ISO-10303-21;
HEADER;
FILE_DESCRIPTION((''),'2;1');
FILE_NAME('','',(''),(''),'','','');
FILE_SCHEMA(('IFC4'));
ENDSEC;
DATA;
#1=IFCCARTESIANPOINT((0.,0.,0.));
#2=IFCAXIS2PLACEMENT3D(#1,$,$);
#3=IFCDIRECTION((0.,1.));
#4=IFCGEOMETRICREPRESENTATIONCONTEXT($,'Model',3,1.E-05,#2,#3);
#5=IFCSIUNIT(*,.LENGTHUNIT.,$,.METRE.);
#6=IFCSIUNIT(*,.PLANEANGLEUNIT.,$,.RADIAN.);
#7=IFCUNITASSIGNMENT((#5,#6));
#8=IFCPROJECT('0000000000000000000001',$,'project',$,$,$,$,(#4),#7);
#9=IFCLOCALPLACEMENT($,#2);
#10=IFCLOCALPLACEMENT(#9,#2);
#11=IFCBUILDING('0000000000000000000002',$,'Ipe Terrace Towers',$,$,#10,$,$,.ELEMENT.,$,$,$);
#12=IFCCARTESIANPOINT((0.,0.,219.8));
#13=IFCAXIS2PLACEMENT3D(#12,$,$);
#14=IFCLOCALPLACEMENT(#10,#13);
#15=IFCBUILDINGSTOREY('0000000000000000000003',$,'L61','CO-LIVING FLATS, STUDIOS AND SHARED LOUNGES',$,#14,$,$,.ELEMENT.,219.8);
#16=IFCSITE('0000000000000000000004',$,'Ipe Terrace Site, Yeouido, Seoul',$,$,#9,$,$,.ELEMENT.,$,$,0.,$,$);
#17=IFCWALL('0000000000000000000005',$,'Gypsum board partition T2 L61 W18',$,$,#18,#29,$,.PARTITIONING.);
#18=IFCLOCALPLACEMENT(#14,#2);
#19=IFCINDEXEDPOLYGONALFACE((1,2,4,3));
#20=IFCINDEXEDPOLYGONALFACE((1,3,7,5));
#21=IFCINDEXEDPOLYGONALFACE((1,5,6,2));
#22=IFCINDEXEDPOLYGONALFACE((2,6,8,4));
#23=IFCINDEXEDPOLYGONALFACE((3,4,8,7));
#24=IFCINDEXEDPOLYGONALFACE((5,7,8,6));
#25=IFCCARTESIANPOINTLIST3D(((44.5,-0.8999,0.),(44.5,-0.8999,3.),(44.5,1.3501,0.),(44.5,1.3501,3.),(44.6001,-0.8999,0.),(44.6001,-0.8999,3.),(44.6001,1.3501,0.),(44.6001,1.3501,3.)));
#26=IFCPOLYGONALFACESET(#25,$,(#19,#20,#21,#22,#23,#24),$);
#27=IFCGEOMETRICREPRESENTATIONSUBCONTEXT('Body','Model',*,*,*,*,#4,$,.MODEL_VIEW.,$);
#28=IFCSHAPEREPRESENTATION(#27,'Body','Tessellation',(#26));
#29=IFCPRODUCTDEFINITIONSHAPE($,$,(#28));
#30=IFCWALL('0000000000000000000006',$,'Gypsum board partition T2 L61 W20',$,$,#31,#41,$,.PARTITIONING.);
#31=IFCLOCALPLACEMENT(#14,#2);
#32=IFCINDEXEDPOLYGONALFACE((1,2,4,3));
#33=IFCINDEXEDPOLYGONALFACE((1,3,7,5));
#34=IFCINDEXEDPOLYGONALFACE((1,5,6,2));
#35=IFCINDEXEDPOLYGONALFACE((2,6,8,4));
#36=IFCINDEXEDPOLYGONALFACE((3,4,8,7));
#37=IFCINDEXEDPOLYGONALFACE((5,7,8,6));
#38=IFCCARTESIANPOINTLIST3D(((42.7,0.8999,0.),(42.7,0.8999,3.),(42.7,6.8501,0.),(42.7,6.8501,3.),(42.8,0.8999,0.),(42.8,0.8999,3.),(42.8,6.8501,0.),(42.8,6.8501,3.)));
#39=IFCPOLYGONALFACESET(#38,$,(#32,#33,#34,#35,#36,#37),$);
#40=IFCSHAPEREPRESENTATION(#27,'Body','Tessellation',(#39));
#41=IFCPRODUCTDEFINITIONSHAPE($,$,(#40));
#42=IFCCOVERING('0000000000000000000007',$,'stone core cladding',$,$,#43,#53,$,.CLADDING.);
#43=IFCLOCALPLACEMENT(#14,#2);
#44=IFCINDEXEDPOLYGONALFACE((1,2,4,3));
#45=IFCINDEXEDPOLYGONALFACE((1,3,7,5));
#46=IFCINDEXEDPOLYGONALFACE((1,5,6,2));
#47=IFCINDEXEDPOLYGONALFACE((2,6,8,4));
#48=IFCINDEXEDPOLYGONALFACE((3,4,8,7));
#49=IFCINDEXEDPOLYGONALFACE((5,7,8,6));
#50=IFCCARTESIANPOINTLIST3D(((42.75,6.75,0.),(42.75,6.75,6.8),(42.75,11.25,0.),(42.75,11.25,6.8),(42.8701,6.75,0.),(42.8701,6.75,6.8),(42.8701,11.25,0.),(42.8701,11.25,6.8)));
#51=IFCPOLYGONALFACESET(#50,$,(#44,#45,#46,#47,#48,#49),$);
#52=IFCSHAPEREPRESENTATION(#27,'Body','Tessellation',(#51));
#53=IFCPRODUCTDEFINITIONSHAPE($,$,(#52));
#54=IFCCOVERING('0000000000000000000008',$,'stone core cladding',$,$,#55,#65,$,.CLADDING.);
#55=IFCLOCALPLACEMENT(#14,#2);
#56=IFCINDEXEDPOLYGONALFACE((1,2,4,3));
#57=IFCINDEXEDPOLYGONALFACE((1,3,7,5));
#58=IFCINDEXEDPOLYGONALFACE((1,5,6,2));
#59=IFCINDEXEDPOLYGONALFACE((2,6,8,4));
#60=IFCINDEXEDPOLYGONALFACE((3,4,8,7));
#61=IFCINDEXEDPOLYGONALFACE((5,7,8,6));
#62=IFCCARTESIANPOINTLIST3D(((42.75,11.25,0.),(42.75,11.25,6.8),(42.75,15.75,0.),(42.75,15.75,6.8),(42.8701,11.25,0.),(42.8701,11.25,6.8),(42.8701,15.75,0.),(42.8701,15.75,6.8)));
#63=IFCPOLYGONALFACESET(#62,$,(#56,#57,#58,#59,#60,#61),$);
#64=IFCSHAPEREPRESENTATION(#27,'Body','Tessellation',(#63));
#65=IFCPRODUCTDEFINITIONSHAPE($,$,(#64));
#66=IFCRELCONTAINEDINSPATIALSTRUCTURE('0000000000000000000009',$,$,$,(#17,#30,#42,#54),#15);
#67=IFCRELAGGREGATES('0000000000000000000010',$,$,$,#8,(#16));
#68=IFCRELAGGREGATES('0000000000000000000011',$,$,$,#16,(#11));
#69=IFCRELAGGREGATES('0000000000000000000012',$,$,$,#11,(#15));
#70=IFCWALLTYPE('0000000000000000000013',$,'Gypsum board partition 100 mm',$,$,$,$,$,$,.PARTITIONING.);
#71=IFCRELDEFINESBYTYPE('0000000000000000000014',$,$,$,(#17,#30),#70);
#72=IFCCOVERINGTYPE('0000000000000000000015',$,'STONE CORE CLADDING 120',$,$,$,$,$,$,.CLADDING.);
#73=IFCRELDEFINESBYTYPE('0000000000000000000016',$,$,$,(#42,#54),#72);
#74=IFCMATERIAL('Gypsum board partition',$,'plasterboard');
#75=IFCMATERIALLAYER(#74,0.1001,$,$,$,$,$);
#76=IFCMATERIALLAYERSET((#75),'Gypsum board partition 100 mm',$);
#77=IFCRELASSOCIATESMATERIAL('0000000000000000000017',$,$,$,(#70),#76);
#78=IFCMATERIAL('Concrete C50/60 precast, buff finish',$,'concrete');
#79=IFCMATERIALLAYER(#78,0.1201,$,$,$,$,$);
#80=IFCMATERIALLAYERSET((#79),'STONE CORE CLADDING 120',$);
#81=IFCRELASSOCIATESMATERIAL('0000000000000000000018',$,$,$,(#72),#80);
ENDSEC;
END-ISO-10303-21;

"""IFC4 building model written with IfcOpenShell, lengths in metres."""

from ifc_helpers import new_model, si_unit, direction, frame, frame_2d, origin, origin_2d, place, context, subcontext, project, spatial, rectangle, extrude, material, layer, layer_set, type_object, element, save


model = new_model("IFC4")

# Units and contexts
model_context = context("Model", 3, precision=1e-05, world=origin(), true_north=direction((0.0, 1.0)))
body_context = subcontext(model_context, "Body", "Model", "MODEL_VIEW")
ifc_project = project(units=[si_unit("LENGTHUNIT", "METRE"), si_unit("PLANEANGLEUNIT", "RADIAN")], contexts=[model_context])

# Site, building, storey
site_placement = place(None, origin())
site = spatial("IfcSite", under=ifc_project, at=site_placement, Name="Ipe Terrace Site, Yeouido, Seoul", CompositionType="ELEMENT", RefElevation=0.0)
building_placement = place(site_placement, origin())
building = spatial("IfcBuilding", under=site, at=building_placement, Name="Ipe Terrace Towers", CompositionType="ELEMENT")
storey_placement = place(building_placement, frame((0.0, 0.0, 219.8)))
storey = spatial("IfcBuildingStorey", under=building, at=storey_placement, Name="L61", Description="CO-LIVING FLATS, STUDIOS AND SHARED LOUNGES", CompositionType="ELEMENT", Elevation=219.8)

# Shared definitions
ifc_material_1 = material(Name="Gypsum board partition", Category="plasterboard")
ifc_layer_1 = layer(ifc_material_1, 0.1001)
ifc_layer_set_1 = layer_set([ifc_layer_1], Name="Gypsum board partition 100 mm")
wall_type_1 = type_object("IfcWallType", Name="Gypsum board partition 100 mm", PredefinedType="PARTITIONING", material=ifc_layer_set_1)

# Walls
wall_1_placement = place(storey_placement, frame((44.55, -0.8999, 0.0), z_axis=(0.0, 0.0, 1.0), x_axis=(0.0, 1.0, 0.0)))
element("IfcWall", 1, at=wall_1_placement, inside=storey, type_object=wall_type_1, Name="Gypsum board partition T2 L61 W18", PredefinedType="PARTITIONING", context=body_context, shape_type="SweptSolid", body=[
    extrude(rectangle(XDim=2.25, YDim=0.1001, at=frame_2d((1.125, 0.0))), origin(), (0.0, 0.0, 1.0), 3.0),
])
wall_2_placement = place(storey_placement, frame((42.75, 0.8999, 0.0), z_axis=(0.0, 0.0, 1.0), x_axis=(0.0, 1.0, 0.0)))
element("IfcWall", 2, at=wall_2_placement, inside=storey, type_object=wall_type_1, Name="Gypsum board partition T2 L61 W20", PredefinedType="PARTITIONING", context=body_context, shape_type="SweptSolid", body=[
    extrude(rectangle(XDim=5.9502, YDim=0.1001, at=frame_2d((2.9751, 0.0))), origin(), (0.0, 0.0, 1.0), 3.0),
])

# Coverings
ifc_material_2 = material(Name="Concrete C50/60 precast, buff finish", Category="concrete")
ifc_layer_2 = layer(ifc_material_2, 0.1201)
ifc_layer_set_2 = layer_set([ifc_layer_2], Name="STONE CORE CLADDING 120")
covering_type = type_object("IfcCoveringType", Name="STONE CORE CLADDING 120", PredefinedType="CLADDING", material=ifc_layer_set_2)
for number, where, z_axis, x_axis, name in (
    (3, (42.8101, 9.0, 0.0), (0.0, 0.0, 1.0), (0.0, 1.0, 0.0), "stone core cladding"),
    (4, (42.8101, 13.5, 0.0), (0.0, 0.0, 1.0), (0.0, 1.0, 0.0), "stone core cladding"),
):
    element("IfcCovering", number, at=place(storey_placement, frame(where, z_axis=z_axis, x_axis=x_axis)), inside=storey, type_object=covering_type, Name=name, PredefinedType="CLADDING", context=body_context, shape_type="SweptSolid", body=[
        extrude(rectangle(XDim=4.5, YDim=0.1201, at=origin_2d()), origin(), (0.0, 0.0, 1.0), 6.8),
    ])

save(model, "model.ifc")
